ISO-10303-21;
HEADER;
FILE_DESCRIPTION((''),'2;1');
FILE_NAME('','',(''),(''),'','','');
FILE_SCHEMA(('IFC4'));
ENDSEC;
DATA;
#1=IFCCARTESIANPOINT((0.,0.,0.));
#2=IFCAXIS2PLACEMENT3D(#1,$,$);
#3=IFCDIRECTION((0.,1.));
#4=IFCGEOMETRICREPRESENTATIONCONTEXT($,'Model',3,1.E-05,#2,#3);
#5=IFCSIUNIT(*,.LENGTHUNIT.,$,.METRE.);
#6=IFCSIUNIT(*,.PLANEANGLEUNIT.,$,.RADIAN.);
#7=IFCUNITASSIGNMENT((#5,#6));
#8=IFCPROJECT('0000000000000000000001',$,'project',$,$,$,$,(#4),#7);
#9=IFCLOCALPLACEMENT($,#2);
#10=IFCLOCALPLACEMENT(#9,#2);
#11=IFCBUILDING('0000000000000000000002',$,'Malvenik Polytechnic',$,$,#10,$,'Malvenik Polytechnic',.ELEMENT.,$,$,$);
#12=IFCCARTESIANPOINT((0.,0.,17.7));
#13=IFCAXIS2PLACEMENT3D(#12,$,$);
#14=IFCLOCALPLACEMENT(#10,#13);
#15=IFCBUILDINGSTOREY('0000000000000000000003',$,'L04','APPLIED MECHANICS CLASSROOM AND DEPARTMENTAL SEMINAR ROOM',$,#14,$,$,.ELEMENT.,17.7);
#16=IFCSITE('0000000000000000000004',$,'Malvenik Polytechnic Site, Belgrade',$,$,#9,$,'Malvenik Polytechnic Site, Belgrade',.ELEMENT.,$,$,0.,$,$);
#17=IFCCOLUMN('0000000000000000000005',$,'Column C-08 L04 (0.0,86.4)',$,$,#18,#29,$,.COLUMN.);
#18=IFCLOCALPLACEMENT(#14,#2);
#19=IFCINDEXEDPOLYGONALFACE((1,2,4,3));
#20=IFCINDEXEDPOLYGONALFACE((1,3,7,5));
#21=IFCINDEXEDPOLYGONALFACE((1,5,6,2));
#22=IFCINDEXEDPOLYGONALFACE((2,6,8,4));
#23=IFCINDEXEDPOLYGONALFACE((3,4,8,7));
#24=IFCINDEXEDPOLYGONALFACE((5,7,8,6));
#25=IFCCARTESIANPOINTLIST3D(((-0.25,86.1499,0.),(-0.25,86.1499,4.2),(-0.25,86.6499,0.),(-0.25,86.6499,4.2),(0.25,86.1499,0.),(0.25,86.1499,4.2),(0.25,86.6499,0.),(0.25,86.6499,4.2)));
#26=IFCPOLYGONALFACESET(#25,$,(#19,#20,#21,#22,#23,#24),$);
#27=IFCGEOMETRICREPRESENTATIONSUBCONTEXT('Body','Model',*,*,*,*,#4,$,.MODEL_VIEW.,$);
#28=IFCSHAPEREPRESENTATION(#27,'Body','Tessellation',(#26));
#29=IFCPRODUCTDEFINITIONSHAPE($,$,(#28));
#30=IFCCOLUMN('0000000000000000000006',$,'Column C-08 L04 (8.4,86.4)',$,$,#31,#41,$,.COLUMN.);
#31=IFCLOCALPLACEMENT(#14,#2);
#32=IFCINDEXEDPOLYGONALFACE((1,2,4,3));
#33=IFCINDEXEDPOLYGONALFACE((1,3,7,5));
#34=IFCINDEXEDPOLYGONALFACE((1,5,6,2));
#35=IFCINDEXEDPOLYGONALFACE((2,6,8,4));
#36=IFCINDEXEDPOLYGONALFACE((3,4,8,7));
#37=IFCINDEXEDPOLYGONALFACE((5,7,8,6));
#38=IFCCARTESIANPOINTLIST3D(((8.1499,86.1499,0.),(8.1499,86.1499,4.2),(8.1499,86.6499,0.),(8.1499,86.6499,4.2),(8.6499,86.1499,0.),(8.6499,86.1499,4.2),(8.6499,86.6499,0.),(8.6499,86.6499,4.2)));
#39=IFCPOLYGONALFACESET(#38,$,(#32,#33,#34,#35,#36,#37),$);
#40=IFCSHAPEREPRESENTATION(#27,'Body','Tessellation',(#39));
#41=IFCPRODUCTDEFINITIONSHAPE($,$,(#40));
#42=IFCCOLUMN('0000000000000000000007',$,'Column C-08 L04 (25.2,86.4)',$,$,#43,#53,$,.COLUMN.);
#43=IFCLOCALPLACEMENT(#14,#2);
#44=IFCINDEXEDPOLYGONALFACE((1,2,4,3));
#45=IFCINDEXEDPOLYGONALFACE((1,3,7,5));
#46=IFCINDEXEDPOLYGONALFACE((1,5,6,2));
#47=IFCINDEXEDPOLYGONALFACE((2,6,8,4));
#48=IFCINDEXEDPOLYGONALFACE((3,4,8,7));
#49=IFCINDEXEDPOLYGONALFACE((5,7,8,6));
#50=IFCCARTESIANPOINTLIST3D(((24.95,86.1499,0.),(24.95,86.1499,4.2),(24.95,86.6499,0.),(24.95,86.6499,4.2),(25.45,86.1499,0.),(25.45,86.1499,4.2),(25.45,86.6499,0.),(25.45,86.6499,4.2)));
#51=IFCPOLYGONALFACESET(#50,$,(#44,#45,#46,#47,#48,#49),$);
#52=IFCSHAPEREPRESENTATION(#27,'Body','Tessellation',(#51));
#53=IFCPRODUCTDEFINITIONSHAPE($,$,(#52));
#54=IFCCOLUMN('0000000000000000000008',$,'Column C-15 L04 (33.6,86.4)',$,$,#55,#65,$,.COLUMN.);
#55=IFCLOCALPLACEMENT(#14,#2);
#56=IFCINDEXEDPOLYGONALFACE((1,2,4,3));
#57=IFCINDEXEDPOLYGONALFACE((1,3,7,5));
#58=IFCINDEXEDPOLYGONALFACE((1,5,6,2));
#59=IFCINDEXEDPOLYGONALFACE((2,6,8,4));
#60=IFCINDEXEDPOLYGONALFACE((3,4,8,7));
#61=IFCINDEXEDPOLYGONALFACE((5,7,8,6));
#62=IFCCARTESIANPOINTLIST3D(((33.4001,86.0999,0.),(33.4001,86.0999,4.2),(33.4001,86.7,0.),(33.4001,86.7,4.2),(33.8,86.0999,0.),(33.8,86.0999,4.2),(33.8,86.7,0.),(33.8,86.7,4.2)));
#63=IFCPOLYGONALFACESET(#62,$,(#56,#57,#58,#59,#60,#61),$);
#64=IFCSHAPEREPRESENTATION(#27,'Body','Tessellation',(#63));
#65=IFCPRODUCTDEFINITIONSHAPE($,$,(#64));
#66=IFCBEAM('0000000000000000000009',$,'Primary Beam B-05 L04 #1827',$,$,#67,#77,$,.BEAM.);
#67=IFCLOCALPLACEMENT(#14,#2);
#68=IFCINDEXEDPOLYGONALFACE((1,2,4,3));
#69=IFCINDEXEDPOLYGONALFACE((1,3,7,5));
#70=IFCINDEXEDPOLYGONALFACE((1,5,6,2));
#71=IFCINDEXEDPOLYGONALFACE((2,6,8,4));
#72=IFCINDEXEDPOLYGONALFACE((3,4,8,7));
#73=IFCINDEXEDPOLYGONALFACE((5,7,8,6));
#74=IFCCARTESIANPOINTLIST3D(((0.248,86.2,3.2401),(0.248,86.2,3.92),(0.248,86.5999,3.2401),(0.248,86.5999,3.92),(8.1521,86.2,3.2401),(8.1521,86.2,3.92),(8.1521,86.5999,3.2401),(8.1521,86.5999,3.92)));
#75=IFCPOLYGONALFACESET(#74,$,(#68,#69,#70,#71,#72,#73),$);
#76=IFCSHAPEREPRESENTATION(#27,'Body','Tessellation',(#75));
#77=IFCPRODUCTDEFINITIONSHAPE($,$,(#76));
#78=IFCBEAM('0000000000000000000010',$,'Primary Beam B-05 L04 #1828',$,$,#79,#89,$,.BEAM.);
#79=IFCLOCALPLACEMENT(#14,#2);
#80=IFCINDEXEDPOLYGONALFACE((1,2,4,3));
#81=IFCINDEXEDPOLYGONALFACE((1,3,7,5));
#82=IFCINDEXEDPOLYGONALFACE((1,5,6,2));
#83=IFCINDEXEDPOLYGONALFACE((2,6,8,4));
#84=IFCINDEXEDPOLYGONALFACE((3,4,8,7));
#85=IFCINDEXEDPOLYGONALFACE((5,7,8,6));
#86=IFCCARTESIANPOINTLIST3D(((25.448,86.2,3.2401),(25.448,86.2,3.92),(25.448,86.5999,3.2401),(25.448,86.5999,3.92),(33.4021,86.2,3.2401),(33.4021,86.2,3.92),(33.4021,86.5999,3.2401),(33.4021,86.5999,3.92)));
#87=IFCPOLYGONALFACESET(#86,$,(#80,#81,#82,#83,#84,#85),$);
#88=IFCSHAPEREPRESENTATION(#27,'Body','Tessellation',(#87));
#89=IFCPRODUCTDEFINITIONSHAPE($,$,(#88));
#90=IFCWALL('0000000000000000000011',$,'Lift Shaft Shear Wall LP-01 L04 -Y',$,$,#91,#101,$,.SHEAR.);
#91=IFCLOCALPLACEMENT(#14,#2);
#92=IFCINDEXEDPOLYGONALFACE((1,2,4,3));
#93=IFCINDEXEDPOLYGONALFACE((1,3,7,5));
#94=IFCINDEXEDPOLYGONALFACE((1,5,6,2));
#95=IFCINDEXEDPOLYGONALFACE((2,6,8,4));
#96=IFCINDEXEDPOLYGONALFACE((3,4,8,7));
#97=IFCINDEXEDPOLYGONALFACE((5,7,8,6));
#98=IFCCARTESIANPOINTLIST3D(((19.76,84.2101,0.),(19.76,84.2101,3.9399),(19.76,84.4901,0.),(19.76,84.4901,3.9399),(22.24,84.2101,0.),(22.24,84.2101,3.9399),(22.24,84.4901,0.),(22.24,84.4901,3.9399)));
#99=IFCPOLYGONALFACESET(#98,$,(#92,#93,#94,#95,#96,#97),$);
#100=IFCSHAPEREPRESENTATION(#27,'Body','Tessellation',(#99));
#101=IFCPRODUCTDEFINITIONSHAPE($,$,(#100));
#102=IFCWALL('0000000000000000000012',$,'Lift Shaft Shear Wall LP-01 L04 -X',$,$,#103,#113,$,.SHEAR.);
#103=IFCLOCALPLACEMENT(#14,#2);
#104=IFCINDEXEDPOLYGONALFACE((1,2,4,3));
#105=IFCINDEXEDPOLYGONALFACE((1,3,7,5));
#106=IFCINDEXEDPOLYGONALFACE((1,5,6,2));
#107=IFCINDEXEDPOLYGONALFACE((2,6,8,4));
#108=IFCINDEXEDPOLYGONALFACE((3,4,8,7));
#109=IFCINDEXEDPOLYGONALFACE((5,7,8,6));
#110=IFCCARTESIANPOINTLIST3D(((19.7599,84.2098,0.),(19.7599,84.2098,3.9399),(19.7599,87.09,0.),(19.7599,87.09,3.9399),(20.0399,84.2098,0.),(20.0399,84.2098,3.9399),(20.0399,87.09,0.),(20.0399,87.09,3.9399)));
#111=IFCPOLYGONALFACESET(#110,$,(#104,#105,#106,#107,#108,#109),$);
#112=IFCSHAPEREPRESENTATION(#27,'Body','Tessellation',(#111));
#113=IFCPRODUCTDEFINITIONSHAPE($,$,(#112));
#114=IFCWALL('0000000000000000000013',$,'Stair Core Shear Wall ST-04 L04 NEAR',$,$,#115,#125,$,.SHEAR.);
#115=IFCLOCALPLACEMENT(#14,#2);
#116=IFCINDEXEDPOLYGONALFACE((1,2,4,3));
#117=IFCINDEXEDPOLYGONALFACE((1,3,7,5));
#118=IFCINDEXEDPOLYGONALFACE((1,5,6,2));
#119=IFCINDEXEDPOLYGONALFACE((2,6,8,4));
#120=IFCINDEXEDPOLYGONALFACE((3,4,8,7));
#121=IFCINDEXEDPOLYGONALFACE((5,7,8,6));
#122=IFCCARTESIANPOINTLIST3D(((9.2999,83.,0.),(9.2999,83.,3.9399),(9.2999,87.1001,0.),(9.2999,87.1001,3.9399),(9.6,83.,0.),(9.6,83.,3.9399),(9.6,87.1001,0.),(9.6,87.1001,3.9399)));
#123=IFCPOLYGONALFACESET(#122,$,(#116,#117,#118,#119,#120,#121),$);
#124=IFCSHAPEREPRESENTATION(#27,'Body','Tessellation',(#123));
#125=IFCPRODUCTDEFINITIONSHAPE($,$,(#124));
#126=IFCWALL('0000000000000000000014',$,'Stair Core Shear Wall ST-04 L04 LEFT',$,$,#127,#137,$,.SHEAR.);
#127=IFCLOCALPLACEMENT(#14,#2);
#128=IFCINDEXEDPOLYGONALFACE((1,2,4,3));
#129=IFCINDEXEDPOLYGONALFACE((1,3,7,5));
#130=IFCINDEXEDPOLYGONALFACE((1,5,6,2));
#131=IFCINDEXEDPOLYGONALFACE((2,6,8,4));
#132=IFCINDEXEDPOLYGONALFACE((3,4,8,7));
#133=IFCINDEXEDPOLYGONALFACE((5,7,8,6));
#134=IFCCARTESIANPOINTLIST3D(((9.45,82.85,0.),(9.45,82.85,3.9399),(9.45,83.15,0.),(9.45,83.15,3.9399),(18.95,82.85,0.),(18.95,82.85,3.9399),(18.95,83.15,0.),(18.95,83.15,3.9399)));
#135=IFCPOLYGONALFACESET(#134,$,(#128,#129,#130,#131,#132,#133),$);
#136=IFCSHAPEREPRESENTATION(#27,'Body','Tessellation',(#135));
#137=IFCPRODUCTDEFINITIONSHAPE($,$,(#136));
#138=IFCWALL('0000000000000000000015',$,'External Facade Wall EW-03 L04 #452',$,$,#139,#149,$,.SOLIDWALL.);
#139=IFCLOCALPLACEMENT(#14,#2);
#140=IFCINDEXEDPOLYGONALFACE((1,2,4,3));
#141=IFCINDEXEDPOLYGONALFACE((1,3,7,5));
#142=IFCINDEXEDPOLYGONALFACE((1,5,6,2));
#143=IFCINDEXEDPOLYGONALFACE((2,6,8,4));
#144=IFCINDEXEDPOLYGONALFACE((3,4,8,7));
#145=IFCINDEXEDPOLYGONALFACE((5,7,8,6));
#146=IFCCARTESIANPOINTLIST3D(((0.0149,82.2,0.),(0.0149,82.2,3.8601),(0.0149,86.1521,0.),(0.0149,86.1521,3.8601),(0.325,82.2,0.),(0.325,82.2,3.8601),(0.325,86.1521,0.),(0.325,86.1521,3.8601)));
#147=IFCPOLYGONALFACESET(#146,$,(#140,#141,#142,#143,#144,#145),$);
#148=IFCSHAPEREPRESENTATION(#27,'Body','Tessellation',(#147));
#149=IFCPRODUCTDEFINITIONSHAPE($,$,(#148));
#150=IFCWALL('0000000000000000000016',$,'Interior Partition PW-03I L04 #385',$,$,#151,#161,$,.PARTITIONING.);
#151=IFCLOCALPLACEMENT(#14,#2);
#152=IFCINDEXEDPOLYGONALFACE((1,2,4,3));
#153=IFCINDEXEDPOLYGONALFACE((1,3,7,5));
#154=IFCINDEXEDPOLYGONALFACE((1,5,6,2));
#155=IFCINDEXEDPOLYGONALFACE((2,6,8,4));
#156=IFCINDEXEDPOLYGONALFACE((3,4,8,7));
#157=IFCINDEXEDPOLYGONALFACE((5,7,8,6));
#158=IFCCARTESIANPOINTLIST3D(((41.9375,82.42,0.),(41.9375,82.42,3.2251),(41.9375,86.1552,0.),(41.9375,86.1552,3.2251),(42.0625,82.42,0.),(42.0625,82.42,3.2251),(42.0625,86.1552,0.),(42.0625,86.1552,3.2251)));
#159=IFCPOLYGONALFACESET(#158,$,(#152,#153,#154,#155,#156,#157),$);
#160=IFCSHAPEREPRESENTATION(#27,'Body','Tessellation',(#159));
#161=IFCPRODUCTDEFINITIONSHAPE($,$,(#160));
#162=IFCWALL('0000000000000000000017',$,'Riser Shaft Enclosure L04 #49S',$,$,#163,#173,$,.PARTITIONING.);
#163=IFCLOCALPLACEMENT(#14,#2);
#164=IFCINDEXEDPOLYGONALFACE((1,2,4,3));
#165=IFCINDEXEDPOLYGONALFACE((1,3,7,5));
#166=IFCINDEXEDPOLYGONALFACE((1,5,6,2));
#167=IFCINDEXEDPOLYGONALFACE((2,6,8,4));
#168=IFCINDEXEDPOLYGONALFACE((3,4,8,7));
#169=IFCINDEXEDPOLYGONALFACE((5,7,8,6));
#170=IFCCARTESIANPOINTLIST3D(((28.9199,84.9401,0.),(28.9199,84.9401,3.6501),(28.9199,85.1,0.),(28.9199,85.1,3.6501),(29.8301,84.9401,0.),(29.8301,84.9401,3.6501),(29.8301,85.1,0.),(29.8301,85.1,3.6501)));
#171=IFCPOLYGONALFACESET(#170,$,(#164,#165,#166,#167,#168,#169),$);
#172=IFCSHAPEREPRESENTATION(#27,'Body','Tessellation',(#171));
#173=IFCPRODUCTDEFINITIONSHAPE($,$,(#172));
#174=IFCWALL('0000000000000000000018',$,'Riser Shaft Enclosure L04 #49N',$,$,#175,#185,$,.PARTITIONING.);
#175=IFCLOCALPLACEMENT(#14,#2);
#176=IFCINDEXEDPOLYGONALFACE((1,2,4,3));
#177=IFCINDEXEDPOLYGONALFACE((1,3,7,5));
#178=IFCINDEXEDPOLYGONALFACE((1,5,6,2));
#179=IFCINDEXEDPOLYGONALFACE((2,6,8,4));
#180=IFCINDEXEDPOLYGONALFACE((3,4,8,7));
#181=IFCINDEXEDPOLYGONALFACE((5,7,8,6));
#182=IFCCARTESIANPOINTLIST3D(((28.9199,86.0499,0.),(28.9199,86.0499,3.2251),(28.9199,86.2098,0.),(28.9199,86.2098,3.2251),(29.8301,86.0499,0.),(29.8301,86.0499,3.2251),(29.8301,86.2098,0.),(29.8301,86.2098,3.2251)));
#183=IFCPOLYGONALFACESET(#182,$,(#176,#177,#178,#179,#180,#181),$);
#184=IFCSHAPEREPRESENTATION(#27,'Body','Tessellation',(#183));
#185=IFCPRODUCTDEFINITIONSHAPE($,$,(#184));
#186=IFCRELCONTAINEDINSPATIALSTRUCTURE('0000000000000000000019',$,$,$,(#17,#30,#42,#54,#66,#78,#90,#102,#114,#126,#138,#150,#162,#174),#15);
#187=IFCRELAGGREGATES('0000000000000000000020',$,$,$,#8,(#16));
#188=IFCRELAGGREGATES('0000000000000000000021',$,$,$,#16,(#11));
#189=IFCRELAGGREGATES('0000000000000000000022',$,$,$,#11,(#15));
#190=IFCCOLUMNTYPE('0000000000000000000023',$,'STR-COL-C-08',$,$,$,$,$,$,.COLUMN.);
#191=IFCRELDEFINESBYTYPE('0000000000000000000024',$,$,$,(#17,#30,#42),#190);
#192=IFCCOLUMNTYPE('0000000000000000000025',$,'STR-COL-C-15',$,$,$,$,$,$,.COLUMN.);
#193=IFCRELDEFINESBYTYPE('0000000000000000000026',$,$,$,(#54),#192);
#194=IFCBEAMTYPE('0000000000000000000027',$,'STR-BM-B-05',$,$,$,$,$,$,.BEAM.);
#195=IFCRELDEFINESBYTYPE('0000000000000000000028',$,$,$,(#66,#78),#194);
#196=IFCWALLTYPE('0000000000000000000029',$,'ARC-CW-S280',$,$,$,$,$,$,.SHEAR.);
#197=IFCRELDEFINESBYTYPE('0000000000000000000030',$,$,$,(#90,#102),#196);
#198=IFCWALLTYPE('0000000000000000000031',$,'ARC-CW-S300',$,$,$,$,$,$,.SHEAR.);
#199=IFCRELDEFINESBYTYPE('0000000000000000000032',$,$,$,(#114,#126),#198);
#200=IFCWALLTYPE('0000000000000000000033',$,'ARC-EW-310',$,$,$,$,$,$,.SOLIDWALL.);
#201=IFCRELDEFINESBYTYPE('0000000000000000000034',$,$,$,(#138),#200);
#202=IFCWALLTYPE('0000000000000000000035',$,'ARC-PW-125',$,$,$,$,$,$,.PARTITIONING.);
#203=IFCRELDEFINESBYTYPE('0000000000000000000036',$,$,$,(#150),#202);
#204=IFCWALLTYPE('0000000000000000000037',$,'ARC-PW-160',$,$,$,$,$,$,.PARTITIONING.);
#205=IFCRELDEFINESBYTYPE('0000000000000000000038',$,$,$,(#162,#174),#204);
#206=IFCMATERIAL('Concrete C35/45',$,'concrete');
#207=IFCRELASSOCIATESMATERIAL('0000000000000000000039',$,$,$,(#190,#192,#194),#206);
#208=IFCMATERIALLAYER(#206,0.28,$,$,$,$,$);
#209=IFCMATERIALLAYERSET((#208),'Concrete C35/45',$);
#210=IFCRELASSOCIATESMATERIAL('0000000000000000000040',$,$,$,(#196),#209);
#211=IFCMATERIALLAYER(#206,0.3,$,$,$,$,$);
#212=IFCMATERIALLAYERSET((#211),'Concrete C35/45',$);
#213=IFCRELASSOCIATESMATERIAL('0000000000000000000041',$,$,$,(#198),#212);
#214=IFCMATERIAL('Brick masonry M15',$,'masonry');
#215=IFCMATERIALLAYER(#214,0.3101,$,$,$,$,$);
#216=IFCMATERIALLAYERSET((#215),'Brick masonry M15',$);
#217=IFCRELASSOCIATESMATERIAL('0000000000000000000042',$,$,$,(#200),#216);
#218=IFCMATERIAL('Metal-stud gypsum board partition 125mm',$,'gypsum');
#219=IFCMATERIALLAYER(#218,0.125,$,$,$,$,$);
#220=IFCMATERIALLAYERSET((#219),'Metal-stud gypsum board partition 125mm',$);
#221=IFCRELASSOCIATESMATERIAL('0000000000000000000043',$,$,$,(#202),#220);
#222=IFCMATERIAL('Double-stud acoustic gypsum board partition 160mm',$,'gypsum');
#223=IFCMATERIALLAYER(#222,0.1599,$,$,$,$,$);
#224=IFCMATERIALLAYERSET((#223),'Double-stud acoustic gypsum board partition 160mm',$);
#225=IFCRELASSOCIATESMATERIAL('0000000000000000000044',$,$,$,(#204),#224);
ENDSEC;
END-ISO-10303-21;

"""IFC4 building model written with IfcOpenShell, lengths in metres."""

from ifc_helpers import new_model, si_unit, direction, frame, frame_2d, origin, origin_2d, place, context, subcontext, project, spatial, rectangle, extrude, material, layer, layer_set, material_profile, profile_set, type_object, element, save


model = new_model("IFC4")

# Units and contexts
model_context = context("Model", 3, precision=1e-05, world=origin(), true_north=direction((0.0, 1.0)))
body_context = subcontext(model_context, "Body", "Model", "MODEL_VIEW")
ifc_project = project(units=[si_unit("LENGTHUNIT", "METRE"), si_unit("PLANEANGLEUNIT", "RADIAN")], contexts=[model_context])

# Site, building, storey
site_placement = place(None, origin())
site = spatial("IfcSite", under=ifc_project, at=site_placement, Name="Malvenik Polytechnic Site, Belgrade", LongName="Malvenik Polytechnic Site, Belgrade", CompositionType="ELEMENT", RefElevation=0.0)
building_placement = place(site_placement, origin())
building = spatial("IfcBuilding", under=site, at=building_placement, Name="Malvenik Polytechnic", LongName="Malvenik Polytechnic", CompositionType="ELEMENT")
storey_placement = place(building_placement, frame((0.0, 0.0, 17.7)))
storey = spatial("IfcBuildingStorey", under=building, at=storey_placement, Name="L04", Description="APPLIED MECHANICS CLASSROOM AND DEPARTMENTAL SEMINAR ROOM", CompositionType="ELEMENT", Elevation=17.7)

# Columns
ifc_material_1 = material(Name="Concrete C35/45", Category="concrete")
ifc_material_profile_1 = material_profile(ifc_material_1, rectangle(XDim=0.5, YDim=0.5, at=origin_2d()), Name="RC COL 500x500")
ifc_profile_set_1 = profile_set([ifc_material_profile_1], Name="Concrete C35/45")
column_type_1 = type_object("IfcColumnType", Name="STR-COL-C-08", PredefinedType="COLUMN", material=ifc_profile_set_1)
for number, where, z_axis, x_axis, name in (
    (1, (0.0, 86.3999, 0.0), (0.0, 0.0, 1.0), (1.0, 0.0, 0.0), "Column C-08 L04 (0.0,86.4)"),
    (2, (8.3999, 86.3999, 0.0), (0.0, 0.0, 1.0), (1.0, 0.0, 0.0), "Column C-08 L04 (8.4,86.4)"),
    (3, (25.2, 86.3999, 0.0), (0.0, 0.0, 1.0), (1.0, 0.0, 0.0), "Column C-08 L04 (25.2,86.4)"),
):
    element("IfcColumn", number, at=place(storey_placement, frame(where, z_axis=z_axis, x_axis=x_axis)), inside=storey, type_object=column_type_1, Name=name, PredefinedType="COLUMN", context=body_context, shape_type="SweptSolid", body=[
        extrude(rectangle(XDim=0.5, YDim=0.5, at=origin_2d()), origin(), (0.0, 0.0, 1.0), 4.2),
    ])
ifc_material_profile_2 = material_profile(ifc_material_1, rectangle(XDim=0.3999, YDim=0.6001, at=origin_2d()), Name="RC COL 600x400")
ifc_profile_set_2 = profile_set([ifc_material_profile_2], Name="Concrete C35/45")
column_type_2 = type_object("IfcColumnType", Name="STR-COL-C-15", PredefinedType="COLUMN", material=ifc_profile_set_2)
column_placement = place(storey_placement, frame((33.6001, 86.3999, 0.0), z_axis=(0.0, 0.0, 1.0), x_axis=(1.0, 0.0, 0.0)))
element("IfcColumn", 4, at=column_placement, inside=storey, type_object=column_type_2, Name="Column C-15 L04 (33.6,86.4)", PredefinedType="COLUMN", context=body_context, shape_type="SweptSolid", body=[
    extrude(rectangle(XDim=0.3999, YDim=0.6001, at=origin_2d()), origin(), (0.0, 0.0, 1.0), 4.2),
])

# Beams
ifc_material_profile_3 = material_profile(ifc_material_1, rectangle(XDim=0.3999, YDim=0.6799, at=origin_2d()), Name="RC BM 400x680")
ifc_profile_set_3 = profile_set([ifc_material_profile_3], Name="Concrete C35/45")
beam_type = type_object("IfcBeamType", Name="STR-BM-B-05", PredefinedType="BEAM", material=ifc_profile_set_3)
beam_1_placement = place(storey_placement, frame((0.248, 86.3999, 3.5801), z_axis=(1.0, 0.0, 0.0), x_axis=(0.0, 1.0, 0.0)))
element("IfcBeam", 5, at=beam_1_placement, inside=storey, type_object=beam_type, Name="Primary Beam B-05 L04 #1827", PredefinedType="BEAM", context=body_context, shape_type="SweptSolid", body=[
    extrude(rectangle(XDim=0.3999, YDim=0.6799, at=origin_2d()), origin(), (0.0, 0.0, 1.0), 7.9041),
])
beam_2_placement = place(storey_placement, frame((25.448, 86.3999, 3.5801), z_axis=(1.0, 0.0, 0.0), x_axis=(0.0, 1.0, 0.0)))
element("IfcBeam", 6, at=beam_2_placement, inside=storey, type_object=beam_type, Name="Primary Beam B-05 L04 #1828", PredefinedType="BEAM", context=body_context, shape_type="SweptSolid", body=[
    extrude(rectangle(XDim=0.3999, YDim=0.6799, at=origin_2d()), origin(), (0.0, 0.0, 1.0), 7.9541),
])

# Walls
ifc_layer_1 = layer(ifc_material_1, 0.28)
ifc_layer_set_1 = layer_set([ifc_layer_1], Name="Concrete C35/45")
wall_type_1 = type_object("IfcWallType", Name="ARC-CW-S280", PredefinedType="SHEAR", material=ifc_layer_set_1)
wall_1_placement = place(storey_placement, frame((22.24, 84.3501, 0.0), z_axis=(0.0, 0.0, 1.0), x_axis=(-1.0, 0.0, 0.0)))
element("IfcWall", 7, at=wall_1_placement, inside=storey, type_object=wall_type_1, Name="Lift Shaft Shear Wall LP-01 L04 -Y", PredefinedType="SHEAR", context=body_context, shape_type="SweptSolid", body=[
    extrude(rectangle(XDim=2.48, YDim=0.28, at=frame_2d((1.24, 0.0))), origin(), (0.0, 0.0, 1.0), 3.9399),
])
wall_2_placement = place(storey_placement, frame((19.8999, 84.21, 0.0), z_axis=(0.0, 0.0, 1.0), x_axis=(0.0, 1.0, 0.0)))
element("IfcWall", 8, at=wall_2_placement, inside=storey, type_object=wall_type_1, Name="Lift Shaft Shear Wall LP-01 L04 -X", PredefinedType="SHEAR", context=body_context, shape_type="SweptSolid", body=[
    extrude(rectangle(XDim=2.8801, YDim=0.28, at=frame_2d((1.4399, 0.0))), origin(), (0.0, 0.0, 1.0), 3.9399),
])
ifc_layer_2 = layer(ifc_material_1, 0.3)
ifc_layer_set_2 = layer_set([ifc_layer_2], Name="Concrete C35/45")
wall_type_2 = type_object("IfcWallType", Name="ARC-CW-S300", PredefinedType="SHEAR", material=ifc_layer_set_2)
wall_3_placement = place(storey_placement, frame((9.45, 83.0, 0.0), z_axis=(0.0, 0.0, 1.0), x_axis=(0.0, 1.0, 0.0)))
element("IfcWall", 9, at=wall_3_placement, inside=storey, type_object=wall_type_2, Name="Stair Core Shear Wall ST-04 L04 NEAR", PredefinedType="SHEAR", context=body_context, shape_type="SweptSolid", body=[
    extrude(rectangle(XDim=4.1001, YDim=0.3, at=frame_2d((2.05, 0.0))), origin(), (0.0, 0.0, 1.0), 3.9399),
])
wall_4_placement = place(storey_placement, frame((18.95, 83.0, 0.0), z_axis=(0.0, 0.0, 1.0), x_axis=(-1.0, 0.0, 0.0)))
element("IfcWall", 10, at=wall_4_placement, inside=storey, type_object=wall_type_2, Name="Stair Core Shear Wall ST-04 L04 LEFT", PredefinedType="SHEAR", context=body_context, shape_type="SweptSolid", body=[
    extrude(rectangle(XDim=9.5, YDim=0.3, at=frame_2d((4.75, 0.0))), origin(), (0.0, 0.0, 1.0), 3.9399),
])
ifc_material_2 = material(Name="Brick masonry M15", Category="masonry")
ifc_layer_3 = layer(ifc_material_2, 0.3101)
ifc_layer_set_3 = layer_set([ifc_layer_3], Name="Brick masonry M15")
wall_type_3 = type_object("IfcWallType", Name="ARC-EW-310", PredefinedType="SOLIDWALL", material=ifc_layer_set_3)
wall_5_placement = place(storey_placement, frame((0.1699, 82.2, 0.0), z_axis=(0.0, 0.0, 1.0), x_axis=(0.0, 1.0, 0.0)))
element("IfcWall", 11, at=wall_5_placement, inside=storey, type_object=wall_type_3, Name="External Facade Wall EW-03 L04 #452", PredefinedType="SOLIDWALL", context=body_context, shape_type="SweptSolid", body=[
    extrude(rectangle(XDim=3.9521, YDim=0.3101, at=frame_2d((1.9761, 0.0))), origin(), (0.0, 0.0, 1.0), 3.8601),
])
ifc_material_3 = material(Name="Metal-stud gypsum board partition 125mm", Category="gypsum")
ifc_layer_4 = layer(ifc_material_3, 0.125)
ifc_layer_set_4 = layer_set([ifc_layer_4], Name="Metal-stud gypsum board partition 125mm")
wall_type_4 = type_object("IfcWallType", Name="ARC-PW-125", PredefinedType="PARTITIONING", material=ifc_layer_set_4)
wall_6_placement = place(storey_placement, frame((42.0, 82.4199, 0.0), z_axis=(0.0, 0.0, 1.0), x_axis=(0.0, 1.0, 0.0)))
element("IfcWall", 12, at=wall_6_placement, inside=storey, type_object=wall_type_4, Name="Interior Partition PW-03I L04 #385", PredefinedType="PARTITIONING", context=body_context, shape_type="SweptSolid", body=[
    extrude(rectangle(XDim=3.7351, YDim=0.125, at=frame_2d((1.8677, 0.0))), origin(), (0.0, 0.0, 1.0), 3.2251),
])
ifc_material_4 = material(Name="Double-stud acoustic gypsum board partition 160mm", Category="gypsum")
ifc_layer_5 = layer(ifc_material_4, 0.1599)
ifc_layer_set_5 = layer_set([ifc_layer_5], Name="Double-stud acoustic gypsum board partition 160mm")
wall_type_5 = type_object("IfcWallType", Name="ARC-PW-160", PredefinedType="PARTITIONING", material=ifc_layer_set_5)
wall_7_placement = place(storey_placement, frame((28.9199, 85.02, 0.0), z_axis=(0.0, 0.0, 1.0), x_axis=(1.0, 0.0, 0.0)))
element("IfcWall", 13, at=wall_7_placement, inside=storey, type_object=wall_type_5, Name="Riser Shaft Enclosure L04 #49S", PredefinedType="PARTITIONING", context=body_context, shape_type="SweptSolid", body=[
    extrude(rectangle(XDim=0.9102, YDim=0.1599, at=frame_2d((0.4551, 0.0))), origin(), (0.0, 0.0, 1.0), 3.6501),
])
wall_8_placement = place(storey_placement, frame((29.8301, 86.1299, 0.0), z_axis=(0.0, 0.0, 1.0), x_axis=(-1.0, 0.0, 0.0)))
element("IfcWall", 14, at=wall_8_placement, inside=storey, type_object=wall_type_5, Name="Riser Shaft Enclosure L04 #49N", PredefinedType="PARTITIONING", context=body_context, shape_type="SweptSolid", body=[
    extrude(rectangle(XDim=0.9102, YDim=0.1599, at=frame_2d((0.4551, 0.0))), origin(), (0.0, 0.0, 1.0), 3.2251),
])

save(model, "model.ifc")
